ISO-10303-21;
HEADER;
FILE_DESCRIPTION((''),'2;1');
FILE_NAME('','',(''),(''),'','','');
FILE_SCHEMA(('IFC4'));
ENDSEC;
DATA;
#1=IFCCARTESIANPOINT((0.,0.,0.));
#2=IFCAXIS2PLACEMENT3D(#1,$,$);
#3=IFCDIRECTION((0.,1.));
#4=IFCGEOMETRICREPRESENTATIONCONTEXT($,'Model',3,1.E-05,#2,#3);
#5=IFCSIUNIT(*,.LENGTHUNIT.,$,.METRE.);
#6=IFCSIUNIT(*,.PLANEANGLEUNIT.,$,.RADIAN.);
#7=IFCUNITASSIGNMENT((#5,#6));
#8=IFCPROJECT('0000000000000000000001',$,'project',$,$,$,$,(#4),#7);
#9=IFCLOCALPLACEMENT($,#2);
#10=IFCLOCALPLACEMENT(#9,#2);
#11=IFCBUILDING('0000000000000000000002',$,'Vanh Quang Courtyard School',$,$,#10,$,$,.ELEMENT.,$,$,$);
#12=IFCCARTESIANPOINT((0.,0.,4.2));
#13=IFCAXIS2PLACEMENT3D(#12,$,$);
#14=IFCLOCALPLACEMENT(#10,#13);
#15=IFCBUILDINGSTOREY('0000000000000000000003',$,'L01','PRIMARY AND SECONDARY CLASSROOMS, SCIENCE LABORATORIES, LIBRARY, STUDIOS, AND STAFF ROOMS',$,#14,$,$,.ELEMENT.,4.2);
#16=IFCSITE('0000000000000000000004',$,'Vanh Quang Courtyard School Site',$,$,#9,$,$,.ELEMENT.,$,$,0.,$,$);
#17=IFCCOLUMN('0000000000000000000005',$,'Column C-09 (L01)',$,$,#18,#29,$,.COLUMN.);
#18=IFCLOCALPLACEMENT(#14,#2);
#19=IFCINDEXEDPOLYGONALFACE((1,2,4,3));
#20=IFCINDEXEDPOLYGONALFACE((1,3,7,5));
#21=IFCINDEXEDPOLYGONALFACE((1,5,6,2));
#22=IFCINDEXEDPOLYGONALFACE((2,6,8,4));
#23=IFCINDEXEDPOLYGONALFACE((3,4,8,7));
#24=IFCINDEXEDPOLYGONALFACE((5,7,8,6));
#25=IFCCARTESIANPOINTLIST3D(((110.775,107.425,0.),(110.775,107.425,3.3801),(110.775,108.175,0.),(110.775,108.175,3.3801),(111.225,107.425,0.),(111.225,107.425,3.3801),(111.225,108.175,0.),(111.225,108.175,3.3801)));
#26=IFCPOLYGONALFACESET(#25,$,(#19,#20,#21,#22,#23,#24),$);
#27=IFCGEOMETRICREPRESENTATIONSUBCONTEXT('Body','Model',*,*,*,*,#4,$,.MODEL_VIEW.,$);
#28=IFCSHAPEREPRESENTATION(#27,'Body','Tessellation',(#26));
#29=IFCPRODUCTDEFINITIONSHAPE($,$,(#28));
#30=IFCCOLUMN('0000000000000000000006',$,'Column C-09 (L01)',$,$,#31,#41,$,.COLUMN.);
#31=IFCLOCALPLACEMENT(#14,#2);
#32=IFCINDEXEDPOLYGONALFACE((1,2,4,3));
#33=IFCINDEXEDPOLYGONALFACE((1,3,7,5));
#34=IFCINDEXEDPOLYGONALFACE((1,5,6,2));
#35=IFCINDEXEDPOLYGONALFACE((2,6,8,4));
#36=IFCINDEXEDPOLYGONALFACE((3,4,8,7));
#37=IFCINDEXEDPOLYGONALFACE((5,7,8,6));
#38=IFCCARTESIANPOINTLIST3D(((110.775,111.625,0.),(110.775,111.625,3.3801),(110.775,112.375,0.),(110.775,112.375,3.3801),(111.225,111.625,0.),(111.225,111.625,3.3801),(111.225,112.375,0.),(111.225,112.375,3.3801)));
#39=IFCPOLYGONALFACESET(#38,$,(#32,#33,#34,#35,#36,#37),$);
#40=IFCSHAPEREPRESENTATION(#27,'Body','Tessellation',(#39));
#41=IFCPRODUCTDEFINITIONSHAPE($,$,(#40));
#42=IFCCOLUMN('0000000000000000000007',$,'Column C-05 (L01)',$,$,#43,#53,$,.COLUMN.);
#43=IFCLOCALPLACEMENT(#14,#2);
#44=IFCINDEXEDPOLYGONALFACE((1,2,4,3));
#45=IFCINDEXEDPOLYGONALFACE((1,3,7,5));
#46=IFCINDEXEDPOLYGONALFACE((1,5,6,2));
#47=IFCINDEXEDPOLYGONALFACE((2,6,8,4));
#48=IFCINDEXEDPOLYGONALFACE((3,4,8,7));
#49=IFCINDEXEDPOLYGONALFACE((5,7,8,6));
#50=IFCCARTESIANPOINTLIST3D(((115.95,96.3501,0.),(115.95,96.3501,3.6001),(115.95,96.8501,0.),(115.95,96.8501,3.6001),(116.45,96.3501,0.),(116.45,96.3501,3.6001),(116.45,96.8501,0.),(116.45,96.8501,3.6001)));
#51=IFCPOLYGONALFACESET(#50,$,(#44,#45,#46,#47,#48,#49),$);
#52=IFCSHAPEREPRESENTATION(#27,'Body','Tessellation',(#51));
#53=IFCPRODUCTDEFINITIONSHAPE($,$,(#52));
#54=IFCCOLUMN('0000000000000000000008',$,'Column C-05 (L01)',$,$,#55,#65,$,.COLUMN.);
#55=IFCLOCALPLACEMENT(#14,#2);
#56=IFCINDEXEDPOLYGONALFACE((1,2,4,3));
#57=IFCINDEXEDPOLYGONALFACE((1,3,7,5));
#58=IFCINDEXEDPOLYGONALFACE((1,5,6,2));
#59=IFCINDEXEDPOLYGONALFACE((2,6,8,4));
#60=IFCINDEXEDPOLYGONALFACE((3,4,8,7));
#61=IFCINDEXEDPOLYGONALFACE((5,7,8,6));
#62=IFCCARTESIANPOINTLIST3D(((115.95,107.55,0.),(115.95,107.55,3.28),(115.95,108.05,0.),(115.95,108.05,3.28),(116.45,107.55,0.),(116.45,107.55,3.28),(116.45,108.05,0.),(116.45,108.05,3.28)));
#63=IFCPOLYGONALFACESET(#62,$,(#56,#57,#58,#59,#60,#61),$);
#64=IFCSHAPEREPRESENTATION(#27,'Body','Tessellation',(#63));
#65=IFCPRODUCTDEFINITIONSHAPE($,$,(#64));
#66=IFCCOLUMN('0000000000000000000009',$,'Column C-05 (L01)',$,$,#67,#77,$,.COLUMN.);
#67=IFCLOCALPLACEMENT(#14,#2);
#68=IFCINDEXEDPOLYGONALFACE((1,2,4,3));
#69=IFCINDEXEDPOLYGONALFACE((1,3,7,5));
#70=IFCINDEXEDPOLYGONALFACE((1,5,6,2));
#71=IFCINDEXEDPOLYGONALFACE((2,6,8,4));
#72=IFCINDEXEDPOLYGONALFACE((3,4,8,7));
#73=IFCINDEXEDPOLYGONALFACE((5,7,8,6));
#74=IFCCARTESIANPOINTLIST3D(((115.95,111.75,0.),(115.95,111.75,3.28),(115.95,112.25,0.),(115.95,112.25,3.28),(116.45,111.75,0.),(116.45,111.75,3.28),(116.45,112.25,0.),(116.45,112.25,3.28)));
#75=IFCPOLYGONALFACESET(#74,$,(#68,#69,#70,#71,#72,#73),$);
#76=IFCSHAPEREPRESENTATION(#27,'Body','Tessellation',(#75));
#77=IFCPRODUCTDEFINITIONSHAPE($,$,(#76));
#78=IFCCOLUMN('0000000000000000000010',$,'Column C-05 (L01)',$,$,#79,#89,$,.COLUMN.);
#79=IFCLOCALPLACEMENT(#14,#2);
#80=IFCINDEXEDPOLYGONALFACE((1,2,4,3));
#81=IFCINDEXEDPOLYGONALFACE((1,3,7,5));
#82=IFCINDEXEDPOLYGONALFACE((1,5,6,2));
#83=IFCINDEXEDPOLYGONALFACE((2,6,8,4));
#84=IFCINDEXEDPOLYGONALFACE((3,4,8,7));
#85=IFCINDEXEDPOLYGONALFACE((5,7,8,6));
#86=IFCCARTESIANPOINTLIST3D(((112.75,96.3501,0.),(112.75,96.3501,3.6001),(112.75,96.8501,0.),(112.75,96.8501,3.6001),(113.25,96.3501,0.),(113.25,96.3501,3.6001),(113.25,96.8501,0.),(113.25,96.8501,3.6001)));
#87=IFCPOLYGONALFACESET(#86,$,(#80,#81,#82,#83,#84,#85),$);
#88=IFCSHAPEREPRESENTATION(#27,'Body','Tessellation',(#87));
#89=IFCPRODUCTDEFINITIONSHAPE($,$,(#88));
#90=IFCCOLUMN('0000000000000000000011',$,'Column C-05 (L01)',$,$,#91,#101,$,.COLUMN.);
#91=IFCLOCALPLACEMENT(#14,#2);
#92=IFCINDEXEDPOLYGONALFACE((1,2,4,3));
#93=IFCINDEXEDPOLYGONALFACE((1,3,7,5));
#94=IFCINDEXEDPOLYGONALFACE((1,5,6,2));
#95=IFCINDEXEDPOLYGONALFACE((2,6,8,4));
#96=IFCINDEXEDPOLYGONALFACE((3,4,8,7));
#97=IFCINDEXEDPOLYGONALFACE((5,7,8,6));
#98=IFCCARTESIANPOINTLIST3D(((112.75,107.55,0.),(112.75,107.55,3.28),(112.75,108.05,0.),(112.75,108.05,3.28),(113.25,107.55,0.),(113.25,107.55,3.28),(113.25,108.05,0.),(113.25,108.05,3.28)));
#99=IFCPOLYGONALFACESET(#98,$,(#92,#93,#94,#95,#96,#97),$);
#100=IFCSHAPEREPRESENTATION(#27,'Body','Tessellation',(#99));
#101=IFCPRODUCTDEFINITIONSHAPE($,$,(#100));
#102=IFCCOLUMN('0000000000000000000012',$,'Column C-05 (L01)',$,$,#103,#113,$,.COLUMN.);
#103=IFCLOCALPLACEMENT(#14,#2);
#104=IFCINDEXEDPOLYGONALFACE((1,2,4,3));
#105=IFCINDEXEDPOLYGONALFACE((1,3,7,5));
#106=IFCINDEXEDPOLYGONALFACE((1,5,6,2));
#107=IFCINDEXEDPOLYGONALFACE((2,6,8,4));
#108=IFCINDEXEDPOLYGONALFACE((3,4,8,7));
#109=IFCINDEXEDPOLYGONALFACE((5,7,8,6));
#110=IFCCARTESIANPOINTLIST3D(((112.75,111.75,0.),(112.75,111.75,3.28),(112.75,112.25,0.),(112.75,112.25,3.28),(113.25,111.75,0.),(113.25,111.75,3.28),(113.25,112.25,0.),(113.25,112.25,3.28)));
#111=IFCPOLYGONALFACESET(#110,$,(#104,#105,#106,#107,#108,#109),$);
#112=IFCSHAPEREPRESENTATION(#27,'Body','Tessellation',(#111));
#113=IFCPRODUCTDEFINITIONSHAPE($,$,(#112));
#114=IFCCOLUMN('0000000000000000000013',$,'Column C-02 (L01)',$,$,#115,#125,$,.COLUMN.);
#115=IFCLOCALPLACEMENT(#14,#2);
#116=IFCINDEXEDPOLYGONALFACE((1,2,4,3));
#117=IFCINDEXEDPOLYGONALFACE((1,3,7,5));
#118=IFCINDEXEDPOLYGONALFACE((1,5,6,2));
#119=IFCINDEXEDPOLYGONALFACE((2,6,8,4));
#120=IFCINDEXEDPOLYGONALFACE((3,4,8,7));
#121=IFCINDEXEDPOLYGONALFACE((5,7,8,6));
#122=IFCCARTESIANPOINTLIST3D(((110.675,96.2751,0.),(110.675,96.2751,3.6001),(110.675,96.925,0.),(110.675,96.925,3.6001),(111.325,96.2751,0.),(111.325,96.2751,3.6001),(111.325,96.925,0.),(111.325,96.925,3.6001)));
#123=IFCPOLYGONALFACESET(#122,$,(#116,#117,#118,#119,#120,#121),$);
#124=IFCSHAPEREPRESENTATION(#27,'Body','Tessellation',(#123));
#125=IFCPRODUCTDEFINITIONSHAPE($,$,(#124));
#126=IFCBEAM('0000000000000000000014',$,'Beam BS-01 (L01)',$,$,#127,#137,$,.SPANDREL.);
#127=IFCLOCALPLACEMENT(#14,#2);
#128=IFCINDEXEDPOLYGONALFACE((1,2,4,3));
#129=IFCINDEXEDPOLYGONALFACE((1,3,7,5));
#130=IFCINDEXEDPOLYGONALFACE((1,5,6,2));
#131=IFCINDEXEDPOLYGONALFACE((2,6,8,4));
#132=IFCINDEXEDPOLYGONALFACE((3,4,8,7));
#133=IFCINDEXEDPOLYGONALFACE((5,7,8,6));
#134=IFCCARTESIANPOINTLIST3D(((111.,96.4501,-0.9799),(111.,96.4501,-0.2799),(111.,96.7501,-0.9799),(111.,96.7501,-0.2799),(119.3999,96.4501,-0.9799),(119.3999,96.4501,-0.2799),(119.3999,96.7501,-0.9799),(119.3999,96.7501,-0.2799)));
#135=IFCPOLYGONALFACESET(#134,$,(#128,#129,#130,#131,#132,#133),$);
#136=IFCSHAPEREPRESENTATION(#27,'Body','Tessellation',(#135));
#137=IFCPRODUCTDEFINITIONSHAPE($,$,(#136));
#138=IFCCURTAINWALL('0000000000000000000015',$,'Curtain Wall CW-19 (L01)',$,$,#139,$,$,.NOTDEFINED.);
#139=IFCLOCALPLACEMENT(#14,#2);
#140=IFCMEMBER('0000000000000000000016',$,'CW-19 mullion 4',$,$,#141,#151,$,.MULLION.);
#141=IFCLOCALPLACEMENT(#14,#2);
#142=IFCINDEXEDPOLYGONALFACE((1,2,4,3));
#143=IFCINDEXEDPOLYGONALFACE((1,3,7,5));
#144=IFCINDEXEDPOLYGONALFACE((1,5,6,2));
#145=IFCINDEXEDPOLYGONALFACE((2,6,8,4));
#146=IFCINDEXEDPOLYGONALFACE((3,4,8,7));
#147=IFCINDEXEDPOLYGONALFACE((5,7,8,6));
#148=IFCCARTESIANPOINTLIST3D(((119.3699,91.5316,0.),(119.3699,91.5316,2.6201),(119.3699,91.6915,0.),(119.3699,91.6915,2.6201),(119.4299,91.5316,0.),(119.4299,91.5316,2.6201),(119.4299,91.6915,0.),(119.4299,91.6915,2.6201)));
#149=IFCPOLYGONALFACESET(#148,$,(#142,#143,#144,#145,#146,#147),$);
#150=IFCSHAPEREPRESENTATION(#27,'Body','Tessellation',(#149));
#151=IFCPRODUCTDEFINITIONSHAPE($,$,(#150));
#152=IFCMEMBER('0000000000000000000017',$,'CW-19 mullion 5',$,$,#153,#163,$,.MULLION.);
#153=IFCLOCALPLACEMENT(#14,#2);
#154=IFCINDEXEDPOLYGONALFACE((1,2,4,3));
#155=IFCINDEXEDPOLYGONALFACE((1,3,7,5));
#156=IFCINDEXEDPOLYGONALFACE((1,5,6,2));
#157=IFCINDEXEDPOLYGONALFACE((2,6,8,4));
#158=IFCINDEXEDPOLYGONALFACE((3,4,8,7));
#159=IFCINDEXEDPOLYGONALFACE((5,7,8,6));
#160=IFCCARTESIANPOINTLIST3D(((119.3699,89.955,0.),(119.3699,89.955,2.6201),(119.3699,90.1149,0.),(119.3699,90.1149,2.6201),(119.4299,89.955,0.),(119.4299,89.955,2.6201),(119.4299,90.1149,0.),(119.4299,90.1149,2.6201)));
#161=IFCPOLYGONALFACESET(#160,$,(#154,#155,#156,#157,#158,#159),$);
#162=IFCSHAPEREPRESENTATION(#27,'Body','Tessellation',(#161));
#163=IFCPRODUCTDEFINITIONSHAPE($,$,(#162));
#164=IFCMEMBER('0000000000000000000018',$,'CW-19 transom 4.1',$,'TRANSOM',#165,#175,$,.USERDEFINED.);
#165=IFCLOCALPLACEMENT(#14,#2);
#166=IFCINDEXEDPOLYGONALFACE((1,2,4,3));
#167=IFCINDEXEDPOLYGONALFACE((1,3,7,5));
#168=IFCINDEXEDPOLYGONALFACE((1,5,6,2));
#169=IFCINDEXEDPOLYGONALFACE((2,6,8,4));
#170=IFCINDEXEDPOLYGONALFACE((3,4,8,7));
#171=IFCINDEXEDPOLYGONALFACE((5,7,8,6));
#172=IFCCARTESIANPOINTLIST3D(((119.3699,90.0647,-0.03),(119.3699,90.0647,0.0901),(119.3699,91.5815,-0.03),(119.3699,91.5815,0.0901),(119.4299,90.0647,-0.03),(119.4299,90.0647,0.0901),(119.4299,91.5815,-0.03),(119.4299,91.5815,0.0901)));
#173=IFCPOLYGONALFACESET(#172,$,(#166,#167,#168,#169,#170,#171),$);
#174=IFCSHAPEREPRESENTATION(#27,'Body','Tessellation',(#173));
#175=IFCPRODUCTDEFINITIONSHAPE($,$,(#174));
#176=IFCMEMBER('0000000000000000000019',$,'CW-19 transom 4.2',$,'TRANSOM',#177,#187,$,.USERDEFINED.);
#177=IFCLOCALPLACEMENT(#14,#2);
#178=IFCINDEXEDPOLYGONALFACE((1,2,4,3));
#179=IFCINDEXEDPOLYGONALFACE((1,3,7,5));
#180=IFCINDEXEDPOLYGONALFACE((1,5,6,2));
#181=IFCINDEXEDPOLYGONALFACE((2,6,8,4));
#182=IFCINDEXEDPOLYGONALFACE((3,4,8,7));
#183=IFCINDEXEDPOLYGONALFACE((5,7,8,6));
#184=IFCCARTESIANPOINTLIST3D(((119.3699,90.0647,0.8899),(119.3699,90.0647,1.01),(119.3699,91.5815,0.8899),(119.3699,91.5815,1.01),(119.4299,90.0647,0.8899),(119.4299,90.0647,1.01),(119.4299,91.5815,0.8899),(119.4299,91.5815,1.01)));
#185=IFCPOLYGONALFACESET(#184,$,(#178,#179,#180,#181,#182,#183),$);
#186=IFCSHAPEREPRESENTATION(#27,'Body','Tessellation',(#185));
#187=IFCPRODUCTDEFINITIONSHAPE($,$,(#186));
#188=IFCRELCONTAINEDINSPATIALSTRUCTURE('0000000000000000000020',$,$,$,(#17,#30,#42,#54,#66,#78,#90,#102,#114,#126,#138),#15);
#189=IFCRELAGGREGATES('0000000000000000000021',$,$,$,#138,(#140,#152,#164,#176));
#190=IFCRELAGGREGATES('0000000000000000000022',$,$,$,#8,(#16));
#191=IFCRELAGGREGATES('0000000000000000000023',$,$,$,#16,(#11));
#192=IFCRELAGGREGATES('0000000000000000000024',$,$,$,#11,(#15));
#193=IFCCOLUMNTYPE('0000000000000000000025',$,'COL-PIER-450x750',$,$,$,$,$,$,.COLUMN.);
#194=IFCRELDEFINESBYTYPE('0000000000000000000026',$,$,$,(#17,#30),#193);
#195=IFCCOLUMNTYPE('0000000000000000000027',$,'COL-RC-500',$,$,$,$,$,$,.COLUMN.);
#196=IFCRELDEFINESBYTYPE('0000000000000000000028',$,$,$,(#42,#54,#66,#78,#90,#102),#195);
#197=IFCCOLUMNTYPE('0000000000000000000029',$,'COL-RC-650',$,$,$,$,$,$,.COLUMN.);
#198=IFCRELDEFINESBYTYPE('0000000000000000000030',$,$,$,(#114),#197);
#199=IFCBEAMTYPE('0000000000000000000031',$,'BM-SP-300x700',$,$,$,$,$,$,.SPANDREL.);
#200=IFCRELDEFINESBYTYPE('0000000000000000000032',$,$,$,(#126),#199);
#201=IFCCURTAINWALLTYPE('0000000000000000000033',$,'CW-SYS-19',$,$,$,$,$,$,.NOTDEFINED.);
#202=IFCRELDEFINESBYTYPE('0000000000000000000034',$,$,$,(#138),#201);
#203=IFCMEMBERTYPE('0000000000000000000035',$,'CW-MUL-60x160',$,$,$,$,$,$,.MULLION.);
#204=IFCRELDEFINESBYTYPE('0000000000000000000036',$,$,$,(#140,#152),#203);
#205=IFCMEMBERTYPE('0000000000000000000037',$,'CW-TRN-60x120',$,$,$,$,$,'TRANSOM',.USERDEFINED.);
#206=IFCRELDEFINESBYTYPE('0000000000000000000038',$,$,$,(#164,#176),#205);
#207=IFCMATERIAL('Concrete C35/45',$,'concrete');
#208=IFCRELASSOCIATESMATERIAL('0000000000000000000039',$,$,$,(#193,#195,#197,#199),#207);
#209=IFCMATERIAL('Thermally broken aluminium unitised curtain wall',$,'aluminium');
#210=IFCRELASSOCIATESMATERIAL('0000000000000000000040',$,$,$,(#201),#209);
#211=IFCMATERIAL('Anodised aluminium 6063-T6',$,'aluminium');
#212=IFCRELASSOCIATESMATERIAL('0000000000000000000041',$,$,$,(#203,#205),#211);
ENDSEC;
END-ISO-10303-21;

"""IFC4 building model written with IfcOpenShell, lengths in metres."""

from ifc_helpers import new_model, si_unit, direction, frame, origin, origin_2d, place, context, subcontext, project, spatial, rectangle, extrude, material, material_profile, profile_set, type_object, element, aggregate, save


model = new_model("IFC4")

# Units and contexts
model_context = context("Model", 3, precision=1e-05, world=origin(), true_north=direction((0.0, 1.0)))
body_context = subcontext(model_context, "Body", "Model", "MODEL_VIEW")
ifc_project = project(units=[si_unit("LENGTHUNIT", "METRE"), si_unit("PLANEANGLEUNIT", "RADIAN")], contexts=[model_context])

# Site, building, storey
site_placement = place(None, origin())
site = spatial("IfcSite", under=ifc_project, at=site_placement, Name="Vanh Quang Courtyard School Site", CompositionType="ELEMENT", RefElevation=0.0)
building_placement = place(site_placement, origin())
building = spatial("IfcBuilding", under=site, at=building_placement, Name="Vanh Quang Courtyard School", CompositionType="ELEMENT")
storey_placement = place(building_placement, frame((0.0, 0.0, 4.2)))
storey = spatial("IfcBuildingStorey", under=building, at=storey_placement, Name="L01", Description="PRIMARY AND SECONDARY CLASSROOMS, SCIENCE LABORATORIES, LIBRARY, STUDIOS, AND STAFF ROOMS", CompositionType="ELEMENT", Elevation=4.2)

# Columns
ifc_material_1 = material(Name="Concrete C35/45", Category="concrete")
ifc_material_profile_1 = material_profile(ifc_material_1, rectangle(XDim=0.45, YDim=0.75, at=origin_2d()), Name="RC-PIER 450x750")
ifc_profile_set_1 = profile_set([ifc_material_profile_1], Name="Concrete C35/45")
column_type_1 = type_object("IfcColumnType", Name="COL-PIER-450x750", PredefinedType="COLUMN", material=ifc_profile_set_1)
for number, where, z_axis, x_axis, name in (
    (1, (111.0, 107.8, 0.0), (0.0, 0.0, 1.0), (1.0, 0.0, 0.0), "Column C-09 (L01)"),
    (2, (111.0, 112.0, 0.0), (0.0, 0.0, 1.0), (1.0, 0.0, 0.0), "Column C-09 (L01)"),
):
    element("IfcColumn", number, at=place(storey_placement, frame(where, z_axis=z_axis, x_axis=x_axis)), inside=storey, type_object=column_type_1, Name=name, PredefinedType="COLUMN", context=body_context, shape_type="SweptSolid", body=[
        extrude(rectangle(XDim=0.45, YDim=0.75, at=origin_2d()), origin(), (0.0, 0.0, 1.0), 3.3801),
    ])
ifc_material_profile_2 = material_profile(ifc_material_1, rectangle(XDim=0.5, YDim=0.5, at=origin_2d()), Name="RC-COL 500x500")
ifc_profile_set_2 = profile_set([ifc_material_profile_2], Name="Concrete C35/45")
column_type_2 = type_object("IfcColumnType", Name="COL-RC-500", PredefinedType="COLUMN", material=ifc_profile_set_2)
column_1_placement = place(storey_placement, frame((116.2, 96.6001, 0.0), z_axis=(0.0, 0.0, 1.0), x_axis=(1.0, 0.0, 0.0)))
element("IfcColumn", 3, at=column_1_placement, inside=storey, type_object=column_type_2, Name="Column C-05 (L01)", PredefinedType="COLUMN", context=body_context, shape_type="SweptSolid", body=[
    extrude(rectangle(XDim=0.5, YDim=0.5, at=origin_2d()), origin(), (0.0, 0.0, 1.0), 3.6001),
])
for number, where, z_axis, x_axis, name in (
    (4, (116.2, 107.8, 0.0), (0.0, 0.0, 1.0), (1.0, 0.0, 0.0), "Column C-05 (L01)"),
    (5, (116.2, 112.0, 0.0), (0.0, 0.0, 1.0), (1.0, 0.0, 0.0), "Column C-05 (L01)"),
):
    element("IfcColumn", number, at=place(storey_placement, frame(where, z_axis=z_axis, x_axis=x_axis)), inside=storey, type_object=column_type_2, Name=name, PredefinedType="COLUMN", context=body_context, shape_type="SweptSolid", body=[
        extrude(rectangle(XDim=0.5, YDim=0.5, at=origin_2d()), origin(), (0.0, 0.0, 1.0), 3.28),
    ])
column_2_placement = place(storey_placement, frame((113.0, 96.6001, 0.0), z_axis=(0.0, 0.0, 1.0), x_axis=(1.0, 0.0, 0.0)))
element("IfcColumn", 6, at=column_2_placement, inside=storey, type_object=column_type_2, Name="Column C-05 (L01)", PredefinedType="COLUMN", context=body_context, shape_type="SweptSolid", body=[
    extrude(rectangle(XDim=0.5, YDim=0.5, at=origin_2d()), origin(), (0.0, 0.0, 1.0), 3.6001),
])
for number, where, z_axis, x_axis, name in (
    (7, (113.0, 107.8, 0.0), (0.0, 0.0, 1.0), (1.0, 0.0, 0.0), "Column C-05 (L01)"),
    (8, (113.0, 112.0, 0.0), (0.0, 0.0, 1.0), (1.0, 0.0, 0.0), "Column C-05 (L01)"),
):
    element("IfcColumn", number, at=place(storey_placement, frame(where, z_axis=z_axis, x_axis=x_axis)), inside=storey, type_object=column_type_2, Name=name, PredefinedType="COLUMN", context=body_context, shape_type="SweptSolid", body=[
        extrude(rectangle(XDim=0.5, YDim=0.5, at=origin_2d()), origin(), (0.0, 0.0, 1.0), 3.28),
    ])
ifc_material_profile_3 = material_profile(ifc_material_1, rectangle(XDim=0.6499, YDim=0.6499, at=origin_2d()), Name="RC-COL 650x650")
ifc_profile_set_3 = profile_set([ifc_material_profile_3], Name="Concrete C35/45")
column_type_3 = type_object("IfcColumnType", Name="COL-RC-650", PredefinedType="COLUMN", material=ifc_profile_set_3)
column_3_placement = place(storey_placement, frame((111.0, 96.6001, 0.0), z_axis=(0.0, 0.0, 1.0), x_axis=(1.0, 0.0, 0.0)))
element("IfcColumn", 9, at=column_3_placement, inside=storey, type_object=column_type_3, Name="Column C-02 (L01)", PredefinedType="COLUMN", context=body_context, shape_type="SweptSolid", body=[
    extrude(rectangle(XDim=0.6499, YDim=0.6499, at=origin_2d()), origin(), (0.0, 0.0, 1.0), 3.6001),
])

# Beam
ifc_material_profile_4 = material_profile(ifc_material_1, rectangle(XDim=0.3, YDim=0.7, at=origin_2d()), Name="RC-SP 300x700")
ifc_profile_set_4 = profile_set([ifc_material_profile_4], Name="Concrete C35/45")
beam_type_1 = type_object("IfcBeamType", Name="BM-SP-300x700", PredefinedType="SPANDREL", material=ifc_profile_set_4)
beam_placement = place(storey_placement, frame((111.0, 96.6001, -0.6299), z_axis=(1.0, 0.0, 0.0), x_axis=(0.0, 1.0, 0.0)))
element("IfcBeam", 10, at=beam_placement, inside=storey, type_object=beam_type_1, Name="Beam BS-01 (L01)", PredefinedType="SPANDREL", context=body_context, shape_type="SweptSolid", body=[
    extrude(rectangle(XDim=0.3, YDim=0.7, at=origin_2d()), origin(), (0.0, 0.0, 1.0), 8.3999),
])

# Curtain wall, members
ifc_material_2 = material(Name="Thermally broken aluminium unitised curtain wall", Category="aluminium")
curtain_wall_type = type_object("IfcCurtainWallType", Name="CW-SYS-19", PredefinedType="NOTDEFINED", material=ifc_material_2)
curtain_wall_placement = place(storey_placement, origin())
curtain_wall = element("IfcCurtainWall", 11, at=curtain_wall_placement, inside=storey, type_object=curtain_wall_type, Name="Curtain Wall CW-19 (L01)", PredefinedType="NOTDEFINED")
ifc_material_3 = material(Name="Anodised aluminium 6063-T6", Category="aluminium")
ifc_material_profile_5 = material_profile(ifc_material_3, rectangle(XDim=0.0601, YDim=0.1599, at=origin_2d()), Name="ALU-MUL 60x160")
ifc_profile_set_5 = profile_set([ifc_material_profile_5], Name="Anodised aluminium 6063-T6")
member_type_1 = type_object("IfcMemberType", Name="CW-MUL-60x160", PredefinedType="MULLION", material=ifc_profile_set_5)
member_1_placement = place(storey_placement, frame((119.3999, 91.6116, 0.0), z_axis=(0.0, 0.0, 1.0), x_axis=(1.0, 0.0, 0.0)))
member_1 = element("IfcMember", 12, at=member_1_placement, type_object=member_type_1, Name="CW-19 mullion 4", PredefinedType="MULLION", context=body_context, shape_type="SweptSolid", body=[
    extrude(rectangle(XDim=0.0601, YDim=0.1599, at=origin_2d()), origin(), (0.0, 0.0, 1.0), 2.6201),
])
member_2_placement = place(storey_placement, frame((119.3999, 90.0349, 0.0), z_axis=(0.0, 0.0, 1.0), x_axis=(1.0, 0.0, 0.0)))
member_2 = element("IfcMember", 13, at=member_2_placement, type_object=member_type_1, Name="CW-19 mullion 5", PredefinedType="MULLION", context=body_context, shape_type="SweptSolid", body=[
    extrude(rectangle(XDim=0.0601, YDim=0.1599, at=origin_2d()), origin(), (0.0, 0.0, 1.0), 2.6201),
])
ifc_material_profile_6 = material_profile(ifc_material_3, rectangle(XDim=0.0601, YDim=0.1201, at=origin_2d()), Name="ALU-TRN 60x120")
ifc_profile_set_6 = profile_set([ifc_material_profile_6], Name="Anodised aluminium 6063-T6")
member_type_2 = type_object("IfcMemberType", Name="CW-TRN-60x120", ElementType="TRANSOM", PredefinedType="USERDEFINED", material=ifc_profile_set_6)
member_3_placement = place(storey_placement, frame((119.3999, 91.5815, 0.03), z_axis=(0.0, -1.0, 0.0), x_axis=(1.0, 0.0, 0.0)))
member_3 = element("IfcMember", 14, at=member_3_placement, type_object=member_type_2, Name="CW-19 transom 4.1", ObjectType="TRANSOM", PredefinedType="USERDEFINED", context=body_context, shape_type="SweptSolid", body=[
    extrude(rectangle(XDim=0.0601, YDim=0.1201, at=origin_2d()), origin(), (0.0, 0.0, 1.0), 1.5168),
])
member_4_placement = place(storey_placement, frame((119.3999, 91.5815, 0.95), z_axis=(0.0, -1.0, 0.0), x_axis=(1.0, 0.0, 0.0)))
member_4 = element("IfcMember", 15, at=member_4_placement, type_object=member_type_2, Name="CW-19 transom 4.2", ObjectType="TRANSOM", PredefinedType="USERDEFINED", context=body_context, shape_type="SweptSolid", body=[
    extrude(rectangle(XDim=0.0601, YDim=0.1201, at=origin_2d()), origin(), (0.0, 0.0, 1.0), 1.5168),
])

aggregate(curtain_wall, [member_1, member_2, member_3, member_4])

save(model, "model.ifc")
